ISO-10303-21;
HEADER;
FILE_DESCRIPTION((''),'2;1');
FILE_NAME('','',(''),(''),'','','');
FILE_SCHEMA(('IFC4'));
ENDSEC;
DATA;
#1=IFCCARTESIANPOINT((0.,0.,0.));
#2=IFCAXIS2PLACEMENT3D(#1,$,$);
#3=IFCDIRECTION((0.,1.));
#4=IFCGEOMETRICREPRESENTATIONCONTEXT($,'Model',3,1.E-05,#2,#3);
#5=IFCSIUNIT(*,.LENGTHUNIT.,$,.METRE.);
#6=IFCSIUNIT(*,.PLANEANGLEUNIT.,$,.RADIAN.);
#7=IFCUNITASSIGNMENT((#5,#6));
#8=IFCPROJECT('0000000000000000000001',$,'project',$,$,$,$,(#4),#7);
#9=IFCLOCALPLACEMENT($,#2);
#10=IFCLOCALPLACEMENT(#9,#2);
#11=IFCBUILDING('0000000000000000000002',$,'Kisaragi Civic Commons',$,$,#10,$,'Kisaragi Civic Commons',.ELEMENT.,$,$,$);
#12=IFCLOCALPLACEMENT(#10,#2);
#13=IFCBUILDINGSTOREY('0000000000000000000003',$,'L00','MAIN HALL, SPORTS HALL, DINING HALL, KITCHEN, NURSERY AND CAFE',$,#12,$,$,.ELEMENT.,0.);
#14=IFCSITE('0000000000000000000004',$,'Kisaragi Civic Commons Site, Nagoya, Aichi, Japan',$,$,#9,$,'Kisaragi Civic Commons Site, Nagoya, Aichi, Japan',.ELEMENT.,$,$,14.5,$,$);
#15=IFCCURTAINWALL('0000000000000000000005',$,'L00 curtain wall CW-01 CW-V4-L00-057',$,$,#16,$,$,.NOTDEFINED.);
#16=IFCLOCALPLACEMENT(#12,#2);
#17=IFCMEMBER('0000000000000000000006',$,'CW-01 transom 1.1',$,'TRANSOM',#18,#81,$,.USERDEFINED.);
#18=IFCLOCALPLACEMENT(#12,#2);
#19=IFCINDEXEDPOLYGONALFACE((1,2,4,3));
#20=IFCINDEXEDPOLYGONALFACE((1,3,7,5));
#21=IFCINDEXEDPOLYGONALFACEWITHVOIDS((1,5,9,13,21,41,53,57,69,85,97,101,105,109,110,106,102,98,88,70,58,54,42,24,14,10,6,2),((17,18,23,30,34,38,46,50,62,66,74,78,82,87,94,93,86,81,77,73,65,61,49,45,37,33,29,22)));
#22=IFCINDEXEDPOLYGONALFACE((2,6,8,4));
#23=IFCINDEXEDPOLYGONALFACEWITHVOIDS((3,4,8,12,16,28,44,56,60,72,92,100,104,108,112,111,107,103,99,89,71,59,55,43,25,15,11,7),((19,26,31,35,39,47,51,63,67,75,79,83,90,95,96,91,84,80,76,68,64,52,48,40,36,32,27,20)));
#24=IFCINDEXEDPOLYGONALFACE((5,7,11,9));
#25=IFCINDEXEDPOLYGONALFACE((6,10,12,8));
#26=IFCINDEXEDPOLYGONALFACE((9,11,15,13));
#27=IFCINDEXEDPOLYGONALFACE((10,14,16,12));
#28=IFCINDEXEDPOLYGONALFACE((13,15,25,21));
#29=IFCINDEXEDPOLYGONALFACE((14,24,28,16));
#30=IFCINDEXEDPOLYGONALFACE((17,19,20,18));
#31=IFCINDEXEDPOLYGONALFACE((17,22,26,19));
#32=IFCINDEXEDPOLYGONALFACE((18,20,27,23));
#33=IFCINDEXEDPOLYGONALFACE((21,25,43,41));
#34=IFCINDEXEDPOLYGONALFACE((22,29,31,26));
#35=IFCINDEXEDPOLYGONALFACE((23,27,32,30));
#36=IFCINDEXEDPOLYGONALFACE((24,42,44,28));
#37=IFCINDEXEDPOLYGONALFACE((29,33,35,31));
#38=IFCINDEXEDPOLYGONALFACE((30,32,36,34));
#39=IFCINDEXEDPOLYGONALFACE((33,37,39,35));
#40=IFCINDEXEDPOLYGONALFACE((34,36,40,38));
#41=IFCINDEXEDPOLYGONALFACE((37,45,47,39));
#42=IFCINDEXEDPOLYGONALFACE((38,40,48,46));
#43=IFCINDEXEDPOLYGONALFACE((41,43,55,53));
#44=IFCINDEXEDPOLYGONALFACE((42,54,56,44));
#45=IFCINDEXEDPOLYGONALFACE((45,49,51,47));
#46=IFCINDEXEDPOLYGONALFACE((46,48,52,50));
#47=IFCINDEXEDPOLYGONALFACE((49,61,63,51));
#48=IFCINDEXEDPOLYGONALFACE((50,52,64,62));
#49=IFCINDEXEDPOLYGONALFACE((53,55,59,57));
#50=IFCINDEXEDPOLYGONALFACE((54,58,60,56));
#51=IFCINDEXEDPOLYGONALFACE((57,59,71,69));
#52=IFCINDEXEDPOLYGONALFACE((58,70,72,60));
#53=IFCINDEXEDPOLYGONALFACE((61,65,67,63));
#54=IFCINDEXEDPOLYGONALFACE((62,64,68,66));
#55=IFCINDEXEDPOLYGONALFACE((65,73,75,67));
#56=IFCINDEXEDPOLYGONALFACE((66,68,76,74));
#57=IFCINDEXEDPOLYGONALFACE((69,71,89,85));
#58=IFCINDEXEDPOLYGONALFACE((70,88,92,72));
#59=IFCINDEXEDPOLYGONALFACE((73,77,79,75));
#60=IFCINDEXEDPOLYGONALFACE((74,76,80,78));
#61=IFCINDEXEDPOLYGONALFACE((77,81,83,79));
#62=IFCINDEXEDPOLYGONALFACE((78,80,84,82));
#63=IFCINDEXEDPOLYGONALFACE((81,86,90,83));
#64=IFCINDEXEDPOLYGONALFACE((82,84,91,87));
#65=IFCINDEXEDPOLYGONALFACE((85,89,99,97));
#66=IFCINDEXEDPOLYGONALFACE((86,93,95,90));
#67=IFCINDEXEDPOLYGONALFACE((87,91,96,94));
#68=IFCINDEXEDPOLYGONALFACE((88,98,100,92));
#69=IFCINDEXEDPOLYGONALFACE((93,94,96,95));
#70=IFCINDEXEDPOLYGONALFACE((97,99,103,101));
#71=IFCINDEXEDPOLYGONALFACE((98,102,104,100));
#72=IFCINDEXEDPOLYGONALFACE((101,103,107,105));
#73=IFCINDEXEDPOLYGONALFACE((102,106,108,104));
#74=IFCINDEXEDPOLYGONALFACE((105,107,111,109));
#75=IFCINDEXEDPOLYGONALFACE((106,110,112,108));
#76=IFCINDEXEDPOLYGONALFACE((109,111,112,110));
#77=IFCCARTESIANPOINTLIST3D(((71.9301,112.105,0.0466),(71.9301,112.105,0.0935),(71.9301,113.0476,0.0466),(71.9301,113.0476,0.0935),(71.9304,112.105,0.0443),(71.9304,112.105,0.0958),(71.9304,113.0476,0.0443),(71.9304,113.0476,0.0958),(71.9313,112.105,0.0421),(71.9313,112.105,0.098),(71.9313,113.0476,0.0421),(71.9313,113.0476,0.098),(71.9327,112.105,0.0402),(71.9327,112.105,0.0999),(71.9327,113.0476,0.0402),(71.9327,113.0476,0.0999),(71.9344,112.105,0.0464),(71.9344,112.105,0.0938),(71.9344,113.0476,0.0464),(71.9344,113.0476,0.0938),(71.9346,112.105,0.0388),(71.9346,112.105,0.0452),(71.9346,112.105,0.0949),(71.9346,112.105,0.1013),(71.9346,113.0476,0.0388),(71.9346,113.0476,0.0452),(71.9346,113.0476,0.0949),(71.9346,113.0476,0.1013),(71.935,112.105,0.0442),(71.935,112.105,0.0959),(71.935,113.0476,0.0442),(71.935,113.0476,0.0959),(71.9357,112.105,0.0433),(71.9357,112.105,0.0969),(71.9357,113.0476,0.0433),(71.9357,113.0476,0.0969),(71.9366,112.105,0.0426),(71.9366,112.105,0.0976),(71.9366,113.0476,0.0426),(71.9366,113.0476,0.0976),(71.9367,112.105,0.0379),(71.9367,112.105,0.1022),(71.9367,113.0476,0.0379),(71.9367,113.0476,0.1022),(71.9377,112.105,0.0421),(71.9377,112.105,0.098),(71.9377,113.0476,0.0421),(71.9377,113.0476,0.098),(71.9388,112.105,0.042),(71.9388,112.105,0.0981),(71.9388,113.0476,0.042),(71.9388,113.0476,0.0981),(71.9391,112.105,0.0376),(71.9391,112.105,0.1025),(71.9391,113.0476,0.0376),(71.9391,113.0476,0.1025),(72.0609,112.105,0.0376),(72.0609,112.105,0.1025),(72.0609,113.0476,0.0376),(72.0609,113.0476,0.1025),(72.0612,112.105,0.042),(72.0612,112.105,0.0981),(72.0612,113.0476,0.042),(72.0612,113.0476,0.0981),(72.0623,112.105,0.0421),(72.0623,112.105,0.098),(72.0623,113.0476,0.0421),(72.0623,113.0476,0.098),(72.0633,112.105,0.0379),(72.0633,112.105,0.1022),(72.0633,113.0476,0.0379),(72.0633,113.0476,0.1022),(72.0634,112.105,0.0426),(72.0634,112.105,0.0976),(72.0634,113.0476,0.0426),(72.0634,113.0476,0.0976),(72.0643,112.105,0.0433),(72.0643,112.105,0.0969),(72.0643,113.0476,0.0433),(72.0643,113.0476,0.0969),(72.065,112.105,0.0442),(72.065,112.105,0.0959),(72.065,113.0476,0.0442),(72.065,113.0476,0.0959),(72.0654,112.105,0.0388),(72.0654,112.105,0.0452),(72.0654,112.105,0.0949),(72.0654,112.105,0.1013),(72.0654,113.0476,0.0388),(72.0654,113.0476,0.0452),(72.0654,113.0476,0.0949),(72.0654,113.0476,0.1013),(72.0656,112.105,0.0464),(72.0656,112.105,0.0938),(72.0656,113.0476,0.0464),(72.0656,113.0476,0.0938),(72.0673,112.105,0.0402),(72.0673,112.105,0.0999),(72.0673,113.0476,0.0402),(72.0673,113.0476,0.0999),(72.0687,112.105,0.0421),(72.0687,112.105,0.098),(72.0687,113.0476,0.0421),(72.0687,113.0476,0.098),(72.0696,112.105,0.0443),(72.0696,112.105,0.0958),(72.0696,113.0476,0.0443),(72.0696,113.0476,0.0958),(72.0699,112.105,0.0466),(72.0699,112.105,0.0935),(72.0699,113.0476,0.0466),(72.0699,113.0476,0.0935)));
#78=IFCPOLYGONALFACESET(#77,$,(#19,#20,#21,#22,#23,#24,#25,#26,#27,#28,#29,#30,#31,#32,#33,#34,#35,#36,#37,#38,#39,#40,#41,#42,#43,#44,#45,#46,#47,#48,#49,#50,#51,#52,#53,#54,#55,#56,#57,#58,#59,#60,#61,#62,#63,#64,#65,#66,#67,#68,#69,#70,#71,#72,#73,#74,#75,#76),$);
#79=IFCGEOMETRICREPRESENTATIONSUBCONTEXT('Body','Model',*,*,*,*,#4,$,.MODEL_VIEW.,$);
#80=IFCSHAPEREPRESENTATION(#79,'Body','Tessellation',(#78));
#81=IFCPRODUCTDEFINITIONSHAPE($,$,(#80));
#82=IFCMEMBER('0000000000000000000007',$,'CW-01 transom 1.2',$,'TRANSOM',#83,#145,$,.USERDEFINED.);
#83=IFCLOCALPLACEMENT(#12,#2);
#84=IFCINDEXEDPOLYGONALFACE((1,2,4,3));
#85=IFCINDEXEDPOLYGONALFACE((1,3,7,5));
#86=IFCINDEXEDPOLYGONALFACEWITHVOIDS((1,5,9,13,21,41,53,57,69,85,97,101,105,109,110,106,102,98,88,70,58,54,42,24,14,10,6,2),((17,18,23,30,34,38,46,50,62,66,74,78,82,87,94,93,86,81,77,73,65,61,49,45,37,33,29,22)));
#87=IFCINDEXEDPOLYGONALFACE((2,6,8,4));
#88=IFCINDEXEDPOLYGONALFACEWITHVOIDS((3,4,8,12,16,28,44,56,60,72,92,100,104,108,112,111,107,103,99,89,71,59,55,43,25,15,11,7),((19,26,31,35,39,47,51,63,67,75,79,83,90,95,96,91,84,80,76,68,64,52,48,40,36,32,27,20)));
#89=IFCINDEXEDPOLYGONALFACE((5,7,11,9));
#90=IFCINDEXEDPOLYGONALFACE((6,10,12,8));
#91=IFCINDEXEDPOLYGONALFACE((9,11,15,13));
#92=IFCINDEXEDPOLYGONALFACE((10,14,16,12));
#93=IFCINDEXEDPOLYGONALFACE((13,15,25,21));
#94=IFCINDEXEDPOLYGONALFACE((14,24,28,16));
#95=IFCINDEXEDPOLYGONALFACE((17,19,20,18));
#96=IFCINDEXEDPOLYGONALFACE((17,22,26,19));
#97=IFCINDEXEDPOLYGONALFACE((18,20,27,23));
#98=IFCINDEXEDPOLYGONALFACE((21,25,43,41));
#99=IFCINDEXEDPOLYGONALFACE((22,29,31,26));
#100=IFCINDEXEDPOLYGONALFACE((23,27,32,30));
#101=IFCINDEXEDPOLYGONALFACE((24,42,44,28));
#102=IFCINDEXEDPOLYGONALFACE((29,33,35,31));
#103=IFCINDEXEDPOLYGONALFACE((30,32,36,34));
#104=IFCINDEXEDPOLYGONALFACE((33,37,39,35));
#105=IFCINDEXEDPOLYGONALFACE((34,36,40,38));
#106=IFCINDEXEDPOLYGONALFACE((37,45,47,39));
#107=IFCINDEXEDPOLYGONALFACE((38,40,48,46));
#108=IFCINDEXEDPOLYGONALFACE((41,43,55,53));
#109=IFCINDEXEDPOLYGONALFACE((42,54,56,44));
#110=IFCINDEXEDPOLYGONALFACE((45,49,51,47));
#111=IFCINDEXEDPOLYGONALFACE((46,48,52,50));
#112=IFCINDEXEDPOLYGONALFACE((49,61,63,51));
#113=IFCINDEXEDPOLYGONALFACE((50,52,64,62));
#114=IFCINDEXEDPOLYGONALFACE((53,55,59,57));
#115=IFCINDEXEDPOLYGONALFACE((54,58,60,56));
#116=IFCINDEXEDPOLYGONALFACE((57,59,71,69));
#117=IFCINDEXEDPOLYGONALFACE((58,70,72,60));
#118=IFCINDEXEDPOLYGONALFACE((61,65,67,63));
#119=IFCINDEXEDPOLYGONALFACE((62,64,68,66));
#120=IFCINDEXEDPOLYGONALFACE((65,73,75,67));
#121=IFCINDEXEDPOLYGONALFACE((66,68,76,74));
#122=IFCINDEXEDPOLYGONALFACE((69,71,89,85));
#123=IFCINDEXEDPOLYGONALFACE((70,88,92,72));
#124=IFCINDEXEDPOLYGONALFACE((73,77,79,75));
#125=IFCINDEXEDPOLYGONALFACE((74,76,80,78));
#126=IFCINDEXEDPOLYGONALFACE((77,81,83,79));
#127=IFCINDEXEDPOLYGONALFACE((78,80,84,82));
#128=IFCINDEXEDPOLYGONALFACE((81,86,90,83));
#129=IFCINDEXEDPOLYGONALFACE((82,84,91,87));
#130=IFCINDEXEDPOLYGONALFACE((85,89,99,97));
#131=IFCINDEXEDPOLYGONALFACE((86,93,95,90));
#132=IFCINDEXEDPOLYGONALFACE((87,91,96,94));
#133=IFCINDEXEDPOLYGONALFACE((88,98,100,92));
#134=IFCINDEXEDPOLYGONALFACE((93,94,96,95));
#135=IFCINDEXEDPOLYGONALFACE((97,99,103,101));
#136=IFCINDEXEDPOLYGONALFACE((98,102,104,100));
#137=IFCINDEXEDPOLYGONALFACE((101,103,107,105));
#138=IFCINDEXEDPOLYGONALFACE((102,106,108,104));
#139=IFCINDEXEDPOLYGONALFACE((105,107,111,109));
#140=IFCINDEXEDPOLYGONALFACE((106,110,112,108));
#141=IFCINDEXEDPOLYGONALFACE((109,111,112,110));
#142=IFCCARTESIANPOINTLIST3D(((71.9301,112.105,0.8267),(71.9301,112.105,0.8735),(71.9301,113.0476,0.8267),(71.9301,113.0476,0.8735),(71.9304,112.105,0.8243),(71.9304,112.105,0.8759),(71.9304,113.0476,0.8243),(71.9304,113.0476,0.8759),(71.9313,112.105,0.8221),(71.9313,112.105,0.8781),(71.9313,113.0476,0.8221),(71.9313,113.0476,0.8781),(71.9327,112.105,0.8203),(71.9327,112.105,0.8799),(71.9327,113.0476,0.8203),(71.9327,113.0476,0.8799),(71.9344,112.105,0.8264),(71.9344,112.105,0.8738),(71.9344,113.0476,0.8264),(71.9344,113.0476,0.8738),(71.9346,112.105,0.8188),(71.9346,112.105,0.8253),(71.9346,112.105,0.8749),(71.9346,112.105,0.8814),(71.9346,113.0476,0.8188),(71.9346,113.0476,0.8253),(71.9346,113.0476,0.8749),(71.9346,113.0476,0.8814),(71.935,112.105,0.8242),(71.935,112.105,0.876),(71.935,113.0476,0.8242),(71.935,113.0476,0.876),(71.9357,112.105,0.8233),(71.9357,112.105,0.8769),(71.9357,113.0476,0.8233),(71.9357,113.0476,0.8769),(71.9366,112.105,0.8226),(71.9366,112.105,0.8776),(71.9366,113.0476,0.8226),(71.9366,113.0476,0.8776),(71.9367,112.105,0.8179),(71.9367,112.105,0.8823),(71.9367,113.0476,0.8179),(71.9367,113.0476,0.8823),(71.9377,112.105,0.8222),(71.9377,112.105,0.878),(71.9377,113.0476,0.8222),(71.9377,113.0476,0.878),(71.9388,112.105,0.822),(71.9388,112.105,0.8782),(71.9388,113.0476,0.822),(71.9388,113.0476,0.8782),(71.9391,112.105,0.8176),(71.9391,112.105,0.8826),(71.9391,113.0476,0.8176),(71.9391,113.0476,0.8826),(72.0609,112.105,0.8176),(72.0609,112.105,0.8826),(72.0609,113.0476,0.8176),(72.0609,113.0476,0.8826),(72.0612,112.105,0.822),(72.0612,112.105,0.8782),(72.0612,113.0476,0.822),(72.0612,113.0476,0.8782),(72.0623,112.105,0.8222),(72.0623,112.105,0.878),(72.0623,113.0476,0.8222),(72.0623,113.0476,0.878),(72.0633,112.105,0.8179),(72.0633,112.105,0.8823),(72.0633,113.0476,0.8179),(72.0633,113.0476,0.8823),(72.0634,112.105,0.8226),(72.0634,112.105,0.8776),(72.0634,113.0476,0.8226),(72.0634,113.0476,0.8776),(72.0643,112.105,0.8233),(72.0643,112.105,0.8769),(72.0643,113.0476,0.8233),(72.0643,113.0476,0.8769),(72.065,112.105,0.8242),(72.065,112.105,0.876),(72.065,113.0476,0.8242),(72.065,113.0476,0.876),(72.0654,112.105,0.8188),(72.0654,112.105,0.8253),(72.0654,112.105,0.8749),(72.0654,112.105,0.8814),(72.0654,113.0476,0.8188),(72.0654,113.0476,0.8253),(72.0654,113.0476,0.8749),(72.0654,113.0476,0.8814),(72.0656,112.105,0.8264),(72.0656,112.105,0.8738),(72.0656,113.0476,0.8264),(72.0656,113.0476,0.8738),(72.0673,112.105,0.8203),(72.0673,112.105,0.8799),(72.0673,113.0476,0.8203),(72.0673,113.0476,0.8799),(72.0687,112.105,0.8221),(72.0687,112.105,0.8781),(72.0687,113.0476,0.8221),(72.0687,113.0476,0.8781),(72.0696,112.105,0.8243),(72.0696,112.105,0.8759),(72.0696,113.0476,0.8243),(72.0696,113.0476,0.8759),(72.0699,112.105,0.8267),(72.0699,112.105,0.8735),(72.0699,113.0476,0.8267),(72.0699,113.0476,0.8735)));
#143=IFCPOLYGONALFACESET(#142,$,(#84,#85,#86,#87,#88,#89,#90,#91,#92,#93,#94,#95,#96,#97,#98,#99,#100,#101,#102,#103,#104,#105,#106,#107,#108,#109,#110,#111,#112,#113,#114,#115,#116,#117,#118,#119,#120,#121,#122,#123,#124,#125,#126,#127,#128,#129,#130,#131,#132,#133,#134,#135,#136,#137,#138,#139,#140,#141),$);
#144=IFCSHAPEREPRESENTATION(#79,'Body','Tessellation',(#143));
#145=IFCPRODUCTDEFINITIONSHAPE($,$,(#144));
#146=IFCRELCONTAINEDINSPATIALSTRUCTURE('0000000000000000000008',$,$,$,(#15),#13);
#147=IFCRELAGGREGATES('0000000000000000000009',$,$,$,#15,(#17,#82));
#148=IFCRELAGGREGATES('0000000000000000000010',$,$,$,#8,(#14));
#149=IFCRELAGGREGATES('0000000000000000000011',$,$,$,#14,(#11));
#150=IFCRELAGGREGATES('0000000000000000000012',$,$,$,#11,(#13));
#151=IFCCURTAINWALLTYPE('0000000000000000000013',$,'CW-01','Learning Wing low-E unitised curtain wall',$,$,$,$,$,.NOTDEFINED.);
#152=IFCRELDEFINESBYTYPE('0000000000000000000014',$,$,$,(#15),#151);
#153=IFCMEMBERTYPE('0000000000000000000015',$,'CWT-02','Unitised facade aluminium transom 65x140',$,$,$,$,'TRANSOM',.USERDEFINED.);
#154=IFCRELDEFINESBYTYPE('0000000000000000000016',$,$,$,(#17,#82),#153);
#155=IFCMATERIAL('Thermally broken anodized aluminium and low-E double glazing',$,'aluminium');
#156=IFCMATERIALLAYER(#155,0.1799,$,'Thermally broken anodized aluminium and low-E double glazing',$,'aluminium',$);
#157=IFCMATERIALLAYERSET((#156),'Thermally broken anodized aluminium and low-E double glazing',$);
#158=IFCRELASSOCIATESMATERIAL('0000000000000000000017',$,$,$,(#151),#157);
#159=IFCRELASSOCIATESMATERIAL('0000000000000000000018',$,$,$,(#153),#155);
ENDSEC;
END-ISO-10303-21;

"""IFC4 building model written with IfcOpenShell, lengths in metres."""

from ifc_helpers import new_model, si_unit, direction, frame, origin, origin_2d, place, context, subcontext, project, spatial, hollow_rectangle, extrude, material, layer, layer_set, material_profile, profile_set, type_object, element, aggregate, save


model = new_model("IFC4")

# Units and contexts
model_context = context("Model", 3, precision=1e-05, world=origin(), true_north=direction((0.0, 1.0)))
body_context = subcontext(model_context, "Body", "Model", "MODEL_VIEW")
ifc_project = project(units=[si_unit("LENGTHUNIT", "METRE"), si_unit("PLANEANGLEUNIT", "RADIAN")], contexts=[model_context])

# Site, building, storey
site_placement = place(None, origin())
site = spatial("IfcSite", under=ifc_project, at=site_placement, Name="Kisaragi Civic Commons Site, Nagoya, Aichi, Japan", LongName="Kisaragi Civic Commons Site, Nagoya, Aichi, Japan", CompositionType="ELEMENT", RefElevation=14.5)
building_placement = place(site_placement, origin())
building = spatial("IfcBuilding", under=site, at=building_placement, Name="Kisaragi Civic Commons", LongName="Kisaragi Civic Commons", CompositionType="ELEMENT")
storey_placement = place(building_placement, origin())
storey = spatial("IfcBuildingStorey", under=building, at=storey_placement, Name="L00", Description="MAIN HALL, SPORTS HALL, DINING HALL, KITCHEN, NURSERY AND CAFE", CompositionType="ELEMENT", Elevation=0.0)

# Curtain wall, members
ifc_material_1 = material(Name="Thermally broken anodized aluminium and low-E double glazing", Category="aluminium")
ifc_layer_1 = layer(ifc_material_1, 0.1799, Name="Thermally broken anodized aluminium and low-E double glazing", Category="aluminium")
ifc_layer_set_1 = layer_set([ifc_layer_1], Name="Thermally broken anodized aluminium and low-E double glazing")
curtain_wall_type = type_object("IfcCurtainWallType", Name="CW-01", Description="Learning Wing low-E unitised curtain wall", PredefinedType="NOTDEFINED", material=ifc_layer_set_1)
curtain_wall_placement = place(storey_placement, origin())
curtain_wall = element("IfcCurtainWall", 1, at=curtain_wall_placement, inside=storey, type_object=curtain_wall_type, Name="L00 curtain wall CW-01 CW-V4-L00-057", PredefinedType="NOTDEFINED")
ifc_material_profile_1 = material_profile(ifc_material_1, hollow_rectangle(XDim=0.1399, YDim=0.0649, WallThickness=0.0044, InnerFilletRadius=0.0044, OuterFilletRadius=0.009, at=origin_2d()), Name="CWT-65x140x4.5", Category="aluminium")
ifc_profile_set_1 = profile_set([ifc_material_profile_1], Name="Thermally broken anodized aluminium and low-E double glazing")
member_type_1 = type_object("IfcMemberType", Name="CWT-02", Description="Unitised facade aluminium transom 65x140", ElementType="TRANSOM", PredefinedType="USERDEFINED", material=ifc_profile_set_1)
member_1_placement = place(storey_placement, frame((72.0, 112.105, 0.0701), z_axis=(0.0, 1.0, 0.0), x_axis=(-1.0, 0.0, 0.0)))
member_1 = element("IfcMember", 2, at=member_1_placement, type_object=member_type_1, Name="CW-01 transom 1.1", ObjectType="TRANSOM", PredefinedType="USERDEFINED", context=body_context, shape_type="SweptSolid", body=[
    extrude(hollow_rectangle(XDim=0.1399, YDim=0.0649, WallThickness=0.0044, InnerFilletRadius=0.0044, OuterFilletRadius=0.009, at=origin_2d()), origin(), (0.0, 0.0, 1.0), 0.9426),
])
member_2_placement = place(storey_placement, frame((72.0, 112.105, 0.8501), z_axis=(0.0, 1.0, 0.0), x_axis=(-1.0, 0.0, 0.0)))
member_2 = element("IfcMember", 3, at=member_2_placement, type_object=member_type_1, Name="CW-01 transom 1.2", ObjectType="TRANSOM", PredefinedType="USERDEFINED", context=body_context, shape_type="SweptSolid", body=[
    extrude(hollow_rectangle(XDim=0.1399, YDim=0.0649, WallThickness=0.0044, InnerFilletRadius=0.0044, OuterFilletRadius=0.009, at=origin_2d()), origin(), (0.0, 0.0, 1.0), 0.9426),
])

aggregate(curtain_wall, [member_1, member_2])

save(model, "model.ifc")
